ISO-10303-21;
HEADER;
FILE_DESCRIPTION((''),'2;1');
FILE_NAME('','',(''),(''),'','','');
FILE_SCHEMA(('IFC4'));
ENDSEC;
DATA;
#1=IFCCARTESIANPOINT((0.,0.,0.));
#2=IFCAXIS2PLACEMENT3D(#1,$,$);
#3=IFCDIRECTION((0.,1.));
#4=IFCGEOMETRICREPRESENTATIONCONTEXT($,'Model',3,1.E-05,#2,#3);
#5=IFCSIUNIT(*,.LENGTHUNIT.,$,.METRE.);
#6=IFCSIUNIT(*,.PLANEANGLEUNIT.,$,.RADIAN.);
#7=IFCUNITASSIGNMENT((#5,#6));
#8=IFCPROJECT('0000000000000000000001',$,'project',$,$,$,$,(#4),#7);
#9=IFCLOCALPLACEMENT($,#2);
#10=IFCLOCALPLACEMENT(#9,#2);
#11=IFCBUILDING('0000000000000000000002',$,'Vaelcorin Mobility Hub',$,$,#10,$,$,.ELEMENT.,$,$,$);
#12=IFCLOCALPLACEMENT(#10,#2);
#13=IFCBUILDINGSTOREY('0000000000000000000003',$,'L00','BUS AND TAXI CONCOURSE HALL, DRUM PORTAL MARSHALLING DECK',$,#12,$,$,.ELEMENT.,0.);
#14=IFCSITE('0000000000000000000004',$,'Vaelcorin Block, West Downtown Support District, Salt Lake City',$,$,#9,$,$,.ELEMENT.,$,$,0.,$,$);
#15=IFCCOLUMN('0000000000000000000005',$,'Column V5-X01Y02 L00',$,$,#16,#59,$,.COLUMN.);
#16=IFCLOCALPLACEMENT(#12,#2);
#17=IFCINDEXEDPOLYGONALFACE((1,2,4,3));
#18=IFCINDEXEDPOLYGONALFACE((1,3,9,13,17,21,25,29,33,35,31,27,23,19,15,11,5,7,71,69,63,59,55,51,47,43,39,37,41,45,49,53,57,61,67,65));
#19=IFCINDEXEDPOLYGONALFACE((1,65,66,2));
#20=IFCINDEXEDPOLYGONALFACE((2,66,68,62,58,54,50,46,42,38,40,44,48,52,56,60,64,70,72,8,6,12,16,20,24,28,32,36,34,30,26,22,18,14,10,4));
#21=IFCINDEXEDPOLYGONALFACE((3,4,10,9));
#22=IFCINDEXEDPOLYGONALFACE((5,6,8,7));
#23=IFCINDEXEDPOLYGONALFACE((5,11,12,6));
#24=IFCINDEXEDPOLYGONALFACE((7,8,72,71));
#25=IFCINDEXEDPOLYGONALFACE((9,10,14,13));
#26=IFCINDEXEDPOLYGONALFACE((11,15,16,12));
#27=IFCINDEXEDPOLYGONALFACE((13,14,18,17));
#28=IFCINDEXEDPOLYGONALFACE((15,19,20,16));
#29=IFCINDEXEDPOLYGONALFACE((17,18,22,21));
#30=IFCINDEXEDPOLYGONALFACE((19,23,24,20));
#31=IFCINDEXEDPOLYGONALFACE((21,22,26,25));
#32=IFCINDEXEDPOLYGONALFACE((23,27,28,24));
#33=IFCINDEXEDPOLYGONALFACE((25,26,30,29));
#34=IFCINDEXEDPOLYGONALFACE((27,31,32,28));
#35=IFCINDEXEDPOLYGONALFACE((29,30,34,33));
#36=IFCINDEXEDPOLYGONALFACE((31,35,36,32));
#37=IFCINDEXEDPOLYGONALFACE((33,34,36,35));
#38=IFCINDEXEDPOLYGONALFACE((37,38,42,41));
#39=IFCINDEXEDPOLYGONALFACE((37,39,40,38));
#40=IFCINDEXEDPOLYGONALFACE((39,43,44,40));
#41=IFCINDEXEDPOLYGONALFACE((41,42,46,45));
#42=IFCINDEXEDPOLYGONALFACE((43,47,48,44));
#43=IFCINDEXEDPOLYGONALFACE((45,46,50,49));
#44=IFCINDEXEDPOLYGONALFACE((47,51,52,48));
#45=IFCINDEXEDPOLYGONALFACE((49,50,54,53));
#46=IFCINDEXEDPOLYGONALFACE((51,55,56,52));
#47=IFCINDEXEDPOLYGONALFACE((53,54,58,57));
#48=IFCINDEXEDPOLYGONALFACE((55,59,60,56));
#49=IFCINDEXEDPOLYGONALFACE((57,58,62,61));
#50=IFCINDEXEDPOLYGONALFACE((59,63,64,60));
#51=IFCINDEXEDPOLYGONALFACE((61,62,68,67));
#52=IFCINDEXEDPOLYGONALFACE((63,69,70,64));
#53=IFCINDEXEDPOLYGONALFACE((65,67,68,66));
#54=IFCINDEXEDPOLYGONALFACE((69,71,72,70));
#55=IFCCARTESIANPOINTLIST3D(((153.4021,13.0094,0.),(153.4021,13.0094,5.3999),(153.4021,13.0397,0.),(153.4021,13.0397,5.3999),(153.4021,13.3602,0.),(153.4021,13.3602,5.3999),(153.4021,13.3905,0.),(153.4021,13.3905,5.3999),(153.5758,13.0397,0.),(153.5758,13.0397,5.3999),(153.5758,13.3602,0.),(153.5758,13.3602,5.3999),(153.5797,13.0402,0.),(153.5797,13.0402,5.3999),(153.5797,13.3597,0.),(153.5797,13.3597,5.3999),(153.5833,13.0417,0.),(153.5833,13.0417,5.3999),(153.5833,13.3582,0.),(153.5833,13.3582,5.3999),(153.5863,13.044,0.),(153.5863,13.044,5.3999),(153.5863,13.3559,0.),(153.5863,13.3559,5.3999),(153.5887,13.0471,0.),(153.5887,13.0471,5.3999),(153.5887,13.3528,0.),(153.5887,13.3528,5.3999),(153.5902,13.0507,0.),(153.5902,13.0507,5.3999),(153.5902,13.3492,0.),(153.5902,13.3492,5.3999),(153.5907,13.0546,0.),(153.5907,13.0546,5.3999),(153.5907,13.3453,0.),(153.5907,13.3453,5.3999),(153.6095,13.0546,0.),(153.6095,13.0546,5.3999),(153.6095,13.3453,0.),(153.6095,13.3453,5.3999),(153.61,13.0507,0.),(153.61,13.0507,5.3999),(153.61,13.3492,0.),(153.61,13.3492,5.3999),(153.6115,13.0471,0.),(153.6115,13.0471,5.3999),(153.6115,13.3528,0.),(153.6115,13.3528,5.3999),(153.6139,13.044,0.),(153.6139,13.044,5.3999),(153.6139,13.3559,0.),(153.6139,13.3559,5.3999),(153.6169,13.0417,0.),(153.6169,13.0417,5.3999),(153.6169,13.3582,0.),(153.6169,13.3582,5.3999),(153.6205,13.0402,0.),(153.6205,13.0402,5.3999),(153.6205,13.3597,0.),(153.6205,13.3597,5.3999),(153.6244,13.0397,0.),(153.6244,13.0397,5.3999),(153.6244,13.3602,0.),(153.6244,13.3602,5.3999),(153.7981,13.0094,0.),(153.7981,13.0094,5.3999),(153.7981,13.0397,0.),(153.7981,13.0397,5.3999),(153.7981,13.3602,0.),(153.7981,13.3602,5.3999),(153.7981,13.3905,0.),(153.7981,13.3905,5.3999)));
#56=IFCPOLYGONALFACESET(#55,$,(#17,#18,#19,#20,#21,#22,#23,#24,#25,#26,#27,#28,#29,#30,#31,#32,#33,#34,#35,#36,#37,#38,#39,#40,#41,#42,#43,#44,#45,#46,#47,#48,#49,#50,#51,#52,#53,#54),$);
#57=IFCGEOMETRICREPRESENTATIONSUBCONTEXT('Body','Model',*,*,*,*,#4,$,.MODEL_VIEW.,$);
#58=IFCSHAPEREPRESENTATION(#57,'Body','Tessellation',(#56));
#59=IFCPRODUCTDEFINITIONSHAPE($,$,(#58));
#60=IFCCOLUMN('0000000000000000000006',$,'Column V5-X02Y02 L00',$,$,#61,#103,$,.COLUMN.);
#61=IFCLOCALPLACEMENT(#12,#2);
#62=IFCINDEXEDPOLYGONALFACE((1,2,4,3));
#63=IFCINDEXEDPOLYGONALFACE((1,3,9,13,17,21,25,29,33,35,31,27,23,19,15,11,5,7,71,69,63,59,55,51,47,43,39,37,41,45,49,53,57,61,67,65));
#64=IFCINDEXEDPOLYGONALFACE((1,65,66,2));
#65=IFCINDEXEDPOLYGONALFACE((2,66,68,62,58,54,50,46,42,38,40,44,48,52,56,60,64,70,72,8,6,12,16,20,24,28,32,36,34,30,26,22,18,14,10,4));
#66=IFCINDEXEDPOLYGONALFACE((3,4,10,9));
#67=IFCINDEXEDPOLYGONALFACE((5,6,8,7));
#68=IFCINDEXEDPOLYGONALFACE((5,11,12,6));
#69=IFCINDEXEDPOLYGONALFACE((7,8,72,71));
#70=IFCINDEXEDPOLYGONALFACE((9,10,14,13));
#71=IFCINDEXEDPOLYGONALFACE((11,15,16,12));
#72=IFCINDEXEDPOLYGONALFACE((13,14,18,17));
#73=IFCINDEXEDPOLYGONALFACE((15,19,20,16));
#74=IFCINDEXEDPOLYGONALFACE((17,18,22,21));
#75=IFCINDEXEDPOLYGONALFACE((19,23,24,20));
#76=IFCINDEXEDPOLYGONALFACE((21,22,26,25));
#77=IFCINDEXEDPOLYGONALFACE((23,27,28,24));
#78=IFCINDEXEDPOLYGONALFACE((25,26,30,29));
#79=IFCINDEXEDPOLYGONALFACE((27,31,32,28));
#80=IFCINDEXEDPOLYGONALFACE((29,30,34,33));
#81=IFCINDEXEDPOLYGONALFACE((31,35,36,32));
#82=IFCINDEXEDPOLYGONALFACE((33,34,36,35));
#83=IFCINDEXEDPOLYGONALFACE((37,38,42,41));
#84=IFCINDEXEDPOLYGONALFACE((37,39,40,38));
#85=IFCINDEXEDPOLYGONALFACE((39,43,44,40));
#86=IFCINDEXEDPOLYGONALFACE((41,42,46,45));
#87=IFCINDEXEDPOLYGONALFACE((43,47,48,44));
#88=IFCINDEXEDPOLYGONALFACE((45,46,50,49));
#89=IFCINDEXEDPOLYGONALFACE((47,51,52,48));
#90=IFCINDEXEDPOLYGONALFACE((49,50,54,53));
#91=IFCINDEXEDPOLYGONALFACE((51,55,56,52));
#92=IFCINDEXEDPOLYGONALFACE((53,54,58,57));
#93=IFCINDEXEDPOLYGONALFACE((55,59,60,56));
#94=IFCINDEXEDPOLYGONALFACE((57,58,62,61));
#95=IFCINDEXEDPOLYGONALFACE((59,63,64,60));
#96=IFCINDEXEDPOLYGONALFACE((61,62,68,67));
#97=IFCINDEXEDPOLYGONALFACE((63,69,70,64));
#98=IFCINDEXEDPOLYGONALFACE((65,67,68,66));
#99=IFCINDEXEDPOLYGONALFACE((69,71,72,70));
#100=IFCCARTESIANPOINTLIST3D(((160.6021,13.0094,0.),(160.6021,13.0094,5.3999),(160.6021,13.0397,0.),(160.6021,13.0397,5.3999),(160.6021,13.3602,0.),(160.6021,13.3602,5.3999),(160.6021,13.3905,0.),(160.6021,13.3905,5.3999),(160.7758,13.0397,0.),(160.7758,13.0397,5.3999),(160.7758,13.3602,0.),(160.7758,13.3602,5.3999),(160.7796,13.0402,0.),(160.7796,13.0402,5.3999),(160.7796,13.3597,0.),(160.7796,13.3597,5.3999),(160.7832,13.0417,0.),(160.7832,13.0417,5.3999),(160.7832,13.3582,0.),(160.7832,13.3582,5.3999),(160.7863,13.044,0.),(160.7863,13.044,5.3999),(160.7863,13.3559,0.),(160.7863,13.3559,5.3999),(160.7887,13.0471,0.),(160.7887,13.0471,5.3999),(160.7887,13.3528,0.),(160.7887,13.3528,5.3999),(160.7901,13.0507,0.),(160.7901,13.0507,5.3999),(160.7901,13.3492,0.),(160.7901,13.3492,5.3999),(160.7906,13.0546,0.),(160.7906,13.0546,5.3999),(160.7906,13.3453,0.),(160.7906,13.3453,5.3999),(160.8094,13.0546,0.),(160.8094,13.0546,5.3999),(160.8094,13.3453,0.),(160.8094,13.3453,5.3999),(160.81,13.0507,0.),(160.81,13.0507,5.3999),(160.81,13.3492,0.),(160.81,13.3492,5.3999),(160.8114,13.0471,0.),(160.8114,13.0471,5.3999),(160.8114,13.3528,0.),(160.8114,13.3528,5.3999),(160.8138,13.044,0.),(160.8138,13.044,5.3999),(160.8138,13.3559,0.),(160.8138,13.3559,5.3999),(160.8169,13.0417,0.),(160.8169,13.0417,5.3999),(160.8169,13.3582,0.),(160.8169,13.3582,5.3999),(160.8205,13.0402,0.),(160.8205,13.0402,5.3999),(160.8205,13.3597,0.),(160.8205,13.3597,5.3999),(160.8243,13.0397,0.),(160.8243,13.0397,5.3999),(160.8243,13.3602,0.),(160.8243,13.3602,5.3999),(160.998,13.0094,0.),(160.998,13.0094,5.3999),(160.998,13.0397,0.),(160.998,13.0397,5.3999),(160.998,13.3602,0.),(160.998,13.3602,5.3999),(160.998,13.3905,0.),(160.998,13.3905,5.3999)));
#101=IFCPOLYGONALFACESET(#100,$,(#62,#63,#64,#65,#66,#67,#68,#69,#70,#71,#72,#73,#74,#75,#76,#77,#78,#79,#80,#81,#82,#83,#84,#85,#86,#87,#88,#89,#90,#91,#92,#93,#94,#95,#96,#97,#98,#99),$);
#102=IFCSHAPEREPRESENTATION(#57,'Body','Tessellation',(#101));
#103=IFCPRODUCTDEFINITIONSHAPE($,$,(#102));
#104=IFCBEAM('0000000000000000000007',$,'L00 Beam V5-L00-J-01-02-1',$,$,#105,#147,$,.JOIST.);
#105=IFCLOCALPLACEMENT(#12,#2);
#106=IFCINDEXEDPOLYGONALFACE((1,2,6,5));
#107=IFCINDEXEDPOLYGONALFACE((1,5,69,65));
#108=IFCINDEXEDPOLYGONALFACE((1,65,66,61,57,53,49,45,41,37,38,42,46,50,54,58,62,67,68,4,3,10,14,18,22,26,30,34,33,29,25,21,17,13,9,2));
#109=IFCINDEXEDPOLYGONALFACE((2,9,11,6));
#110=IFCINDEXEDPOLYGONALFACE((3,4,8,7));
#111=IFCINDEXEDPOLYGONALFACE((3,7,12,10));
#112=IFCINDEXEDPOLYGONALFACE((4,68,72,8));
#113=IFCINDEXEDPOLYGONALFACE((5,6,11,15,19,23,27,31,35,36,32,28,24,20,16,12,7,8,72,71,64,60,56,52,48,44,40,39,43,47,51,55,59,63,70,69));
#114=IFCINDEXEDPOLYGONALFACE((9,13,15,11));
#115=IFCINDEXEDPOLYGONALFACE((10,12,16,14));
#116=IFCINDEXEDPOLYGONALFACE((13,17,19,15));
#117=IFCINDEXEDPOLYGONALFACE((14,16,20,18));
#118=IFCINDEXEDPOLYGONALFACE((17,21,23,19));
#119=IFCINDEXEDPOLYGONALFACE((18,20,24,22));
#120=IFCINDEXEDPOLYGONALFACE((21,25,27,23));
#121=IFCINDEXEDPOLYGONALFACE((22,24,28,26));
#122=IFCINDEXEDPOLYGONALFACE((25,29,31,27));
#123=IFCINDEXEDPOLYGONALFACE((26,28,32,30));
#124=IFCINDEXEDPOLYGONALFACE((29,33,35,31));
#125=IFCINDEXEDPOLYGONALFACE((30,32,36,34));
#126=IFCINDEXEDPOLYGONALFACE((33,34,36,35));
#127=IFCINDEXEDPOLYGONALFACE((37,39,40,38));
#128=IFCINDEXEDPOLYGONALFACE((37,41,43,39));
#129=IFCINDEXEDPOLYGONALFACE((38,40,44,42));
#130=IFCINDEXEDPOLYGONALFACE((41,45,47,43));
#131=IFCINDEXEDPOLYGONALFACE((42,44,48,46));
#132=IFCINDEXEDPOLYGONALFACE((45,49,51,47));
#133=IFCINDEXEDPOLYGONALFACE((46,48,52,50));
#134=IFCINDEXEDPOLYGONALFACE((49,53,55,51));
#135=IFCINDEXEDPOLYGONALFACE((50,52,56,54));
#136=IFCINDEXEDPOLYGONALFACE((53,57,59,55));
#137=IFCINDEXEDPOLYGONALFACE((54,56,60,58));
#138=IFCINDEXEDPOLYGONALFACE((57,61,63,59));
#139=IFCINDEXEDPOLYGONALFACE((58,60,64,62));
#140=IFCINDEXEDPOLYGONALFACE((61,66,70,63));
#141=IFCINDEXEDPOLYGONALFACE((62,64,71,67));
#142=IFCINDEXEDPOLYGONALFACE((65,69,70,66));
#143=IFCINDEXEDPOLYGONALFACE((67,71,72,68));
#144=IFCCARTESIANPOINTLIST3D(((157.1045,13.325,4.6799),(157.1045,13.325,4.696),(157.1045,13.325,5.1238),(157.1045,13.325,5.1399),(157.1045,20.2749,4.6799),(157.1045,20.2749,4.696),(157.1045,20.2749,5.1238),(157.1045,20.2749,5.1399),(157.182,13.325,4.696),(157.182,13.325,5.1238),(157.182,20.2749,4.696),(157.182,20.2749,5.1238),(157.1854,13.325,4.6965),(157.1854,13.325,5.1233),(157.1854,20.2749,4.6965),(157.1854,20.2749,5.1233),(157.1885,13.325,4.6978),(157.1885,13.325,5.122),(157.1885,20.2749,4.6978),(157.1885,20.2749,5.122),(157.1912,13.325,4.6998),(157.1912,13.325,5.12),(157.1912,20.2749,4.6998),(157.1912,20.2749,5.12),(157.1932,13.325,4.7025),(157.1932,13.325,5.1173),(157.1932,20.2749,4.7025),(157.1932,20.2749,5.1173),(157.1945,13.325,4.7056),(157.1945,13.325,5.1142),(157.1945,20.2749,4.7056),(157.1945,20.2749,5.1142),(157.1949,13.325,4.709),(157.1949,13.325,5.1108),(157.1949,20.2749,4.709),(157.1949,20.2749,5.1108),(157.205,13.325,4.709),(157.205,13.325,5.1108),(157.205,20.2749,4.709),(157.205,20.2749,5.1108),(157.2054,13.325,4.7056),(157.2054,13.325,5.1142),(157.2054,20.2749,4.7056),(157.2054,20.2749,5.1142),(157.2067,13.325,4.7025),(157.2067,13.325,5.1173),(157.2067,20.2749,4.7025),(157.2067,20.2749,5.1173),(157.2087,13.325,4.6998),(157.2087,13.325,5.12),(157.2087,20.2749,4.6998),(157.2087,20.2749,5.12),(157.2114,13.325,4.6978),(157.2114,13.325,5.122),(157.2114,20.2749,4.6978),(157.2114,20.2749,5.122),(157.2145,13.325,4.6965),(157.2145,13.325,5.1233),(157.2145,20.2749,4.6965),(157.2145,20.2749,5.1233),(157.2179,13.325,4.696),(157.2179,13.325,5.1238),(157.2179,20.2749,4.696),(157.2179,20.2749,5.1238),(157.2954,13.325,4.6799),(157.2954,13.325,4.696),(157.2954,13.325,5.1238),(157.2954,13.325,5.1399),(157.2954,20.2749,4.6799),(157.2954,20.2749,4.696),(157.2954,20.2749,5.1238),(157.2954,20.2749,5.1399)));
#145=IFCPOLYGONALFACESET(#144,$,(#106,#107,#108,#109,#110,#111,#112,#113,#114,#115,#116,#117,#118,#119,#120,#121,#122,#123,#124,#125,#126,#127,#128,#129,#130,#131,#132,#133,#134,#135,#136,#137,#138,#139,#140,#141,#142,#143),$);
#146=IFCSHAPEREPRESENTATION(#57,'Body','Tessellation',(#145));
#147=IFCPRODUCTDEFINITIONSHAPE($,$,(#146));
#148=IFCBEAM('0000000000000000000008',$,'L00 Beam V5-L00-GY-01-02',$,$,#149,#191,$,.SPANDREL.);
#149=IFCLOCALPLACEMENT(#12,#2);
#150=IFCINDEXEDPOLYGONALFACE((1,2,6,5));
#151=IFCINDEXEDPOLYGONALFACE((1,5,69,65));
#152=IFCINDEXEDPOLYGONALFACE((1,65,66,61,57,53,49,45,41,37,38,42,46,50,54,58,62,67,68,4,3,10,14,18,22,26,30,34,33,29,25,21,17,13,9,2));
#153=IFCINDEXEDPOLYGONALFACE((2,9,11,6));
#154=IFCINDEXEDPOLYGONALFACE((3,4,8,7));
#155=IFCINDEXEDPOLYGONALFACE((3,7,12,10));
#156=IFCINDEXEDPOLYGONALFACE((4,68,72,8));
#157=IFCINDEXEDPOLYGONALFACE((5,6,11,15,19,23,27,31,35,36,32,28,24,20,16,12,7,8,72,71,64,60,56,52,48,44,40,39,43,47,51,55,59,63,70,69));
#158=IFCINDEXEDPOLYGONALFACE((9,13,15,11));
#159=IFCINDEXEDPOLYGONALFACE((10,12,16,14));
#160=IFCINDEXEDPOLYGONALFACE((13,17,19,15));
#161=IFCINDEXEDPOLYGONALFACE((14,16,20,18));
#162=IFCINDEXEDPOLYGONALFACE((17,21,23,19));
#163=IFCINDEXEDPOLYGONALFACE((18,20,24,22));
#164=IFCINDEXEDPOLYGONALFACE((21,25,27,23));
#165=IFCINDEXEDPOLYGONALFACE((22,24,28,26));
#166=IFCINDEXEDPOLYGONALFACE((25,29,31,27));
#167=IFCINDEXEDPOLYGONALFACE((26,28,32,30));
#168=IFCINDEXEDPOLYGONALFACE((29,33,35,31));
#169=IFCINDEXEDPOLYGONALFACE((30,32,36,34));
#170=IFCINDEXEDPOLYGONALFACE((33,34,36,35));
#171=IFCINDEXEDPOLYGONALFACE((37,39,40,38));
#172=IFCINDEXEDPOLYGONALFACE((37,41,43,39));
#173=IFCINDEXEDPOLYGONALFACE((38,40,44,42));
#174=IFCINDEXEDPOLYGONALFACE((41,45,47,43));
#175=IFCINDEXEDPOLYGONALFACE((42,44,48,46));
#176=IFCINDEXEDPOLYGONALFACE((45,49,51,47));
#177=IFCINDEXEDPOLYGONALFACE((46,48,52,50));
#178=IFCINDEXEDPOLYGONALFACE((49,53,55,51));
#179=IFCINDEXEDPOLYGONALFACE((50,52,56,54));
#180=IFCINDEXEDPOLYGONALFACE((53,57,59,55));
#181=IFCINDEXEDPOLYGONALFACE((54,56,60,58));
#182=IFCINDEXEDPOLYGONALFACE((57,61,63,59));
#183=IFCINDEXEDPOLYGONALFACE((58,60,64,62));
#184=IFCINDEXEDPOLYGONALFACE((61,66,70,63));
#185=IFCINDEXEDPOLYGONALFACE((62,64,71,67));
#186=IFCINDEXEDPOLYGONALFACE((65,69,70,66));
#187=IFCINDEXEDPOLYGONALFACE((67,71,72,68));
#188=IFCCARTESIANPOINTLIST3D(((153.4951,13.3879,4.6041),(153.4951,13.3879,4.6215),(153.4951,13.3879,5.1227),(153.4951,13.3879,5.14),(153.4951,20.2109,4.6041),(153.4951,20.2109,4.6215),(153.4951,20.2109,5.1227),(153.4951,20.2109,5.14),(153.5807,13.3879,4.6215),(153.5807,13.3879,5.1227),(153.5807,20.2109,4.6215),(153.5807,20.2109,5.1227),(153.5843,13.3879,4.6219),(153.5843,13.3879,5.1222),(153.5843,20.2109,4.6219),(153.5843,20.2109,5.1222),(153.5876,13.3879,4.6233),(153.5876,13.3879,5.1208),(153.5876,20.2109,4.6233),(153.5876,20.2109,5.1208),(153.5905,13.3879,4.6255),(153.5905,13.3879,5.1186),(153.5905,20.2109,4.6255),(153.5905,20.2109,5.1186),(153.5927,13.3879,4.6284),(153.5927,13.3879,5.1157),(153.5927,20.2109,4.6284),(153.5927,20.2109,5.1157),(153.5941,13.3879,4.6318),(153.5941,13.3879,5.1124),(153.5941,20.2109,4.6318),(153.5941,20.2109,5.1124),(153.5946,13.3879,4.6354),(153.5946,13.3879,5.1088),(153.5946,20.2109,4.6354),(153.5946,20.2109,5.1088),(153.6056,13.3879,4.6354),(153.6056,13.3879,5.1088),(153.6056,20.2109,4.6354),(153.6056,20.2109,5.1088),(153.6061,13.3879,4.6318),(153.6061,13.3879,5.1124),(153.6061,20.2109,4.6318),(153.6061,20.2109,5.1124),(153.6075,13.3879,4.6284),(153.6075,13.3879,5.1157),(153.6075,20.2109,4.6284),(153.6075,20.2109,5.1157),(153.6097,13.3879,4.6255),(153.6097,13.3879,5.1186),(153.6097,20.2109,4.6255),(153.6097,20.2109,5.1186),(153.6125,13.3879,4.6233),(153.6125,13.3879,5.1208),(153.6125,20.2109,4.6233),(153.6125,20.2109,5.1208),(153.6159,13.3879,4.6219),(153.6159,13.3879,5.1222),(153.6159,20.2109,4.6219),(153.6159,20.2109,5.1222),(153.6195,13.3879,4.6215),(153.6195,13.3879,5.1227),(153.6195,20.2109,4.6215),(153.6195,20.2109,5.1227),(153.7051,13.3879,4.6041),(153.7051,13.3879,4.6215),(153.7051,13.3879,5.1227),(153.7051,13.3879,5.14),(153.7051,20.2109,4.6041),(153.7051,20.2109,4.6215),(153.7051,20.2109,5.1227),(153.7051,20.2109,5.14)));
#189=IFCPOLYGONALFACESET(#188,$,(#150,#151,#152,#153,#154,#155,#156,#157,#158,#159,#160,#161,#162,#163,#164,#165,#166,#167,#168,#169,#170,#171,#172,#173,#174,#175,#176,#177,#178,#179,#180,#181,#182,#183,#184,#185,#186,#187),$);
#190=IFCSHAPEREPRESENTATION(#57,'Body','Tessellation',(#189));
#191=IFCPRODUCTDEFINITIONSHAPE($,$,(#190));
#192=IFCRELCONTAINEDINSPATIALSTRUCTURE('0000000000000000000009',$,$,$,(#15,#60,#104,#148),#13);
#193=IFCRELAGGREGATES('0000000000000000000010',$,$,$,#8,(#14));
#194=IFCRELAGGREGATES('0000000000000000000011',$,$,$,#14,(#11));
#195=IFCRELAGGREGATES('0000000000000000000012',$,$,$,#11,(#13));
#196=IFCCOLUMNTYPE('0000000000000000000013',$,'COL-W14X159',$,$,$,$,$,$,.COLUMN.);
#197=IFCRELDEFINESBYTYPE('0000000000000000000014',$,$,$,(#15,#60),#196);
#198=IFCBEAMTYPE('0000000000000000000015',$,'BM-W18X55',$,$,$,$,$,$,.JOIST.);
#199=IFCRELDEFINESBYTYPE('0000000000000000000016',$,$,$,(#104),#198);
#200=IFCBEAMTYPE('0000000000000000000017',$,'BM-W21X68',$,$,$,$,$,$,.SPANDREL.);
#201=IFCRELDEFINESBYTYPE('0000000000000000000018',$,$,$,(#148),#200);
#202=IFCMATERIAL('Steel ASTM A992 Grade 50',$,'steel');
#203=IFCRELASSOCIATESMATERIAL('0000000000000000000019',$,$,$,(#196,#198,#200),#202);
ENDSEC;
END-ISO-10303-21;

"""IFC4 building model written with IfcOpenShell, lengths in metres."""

from ifc_helpers import new_model, si_unit, direction, frame, origin, origin_2d, place, context, subcontext, project, spatial, i_section, extrude, material, material_profile, profile_set, type_object, element, save


model = new_model("IFC4")

# Units and contexts
model_context = context("Model", 3, precision=1e-05, world=origin(), true_north=direction((0.0, 1.0)))
body_context = subcontext(model_context, "Body", "Model", "MODEL_VIEW")
ifc_project = project(units=[si_unit("LENGTHUNIT", "METRE"), si_unit("PLANEANGLEUNIT", "RADIAN")], contexts=[model_context])

# Site, building, storey
site_placement = place(None, origin())
site = spatial("IfcSite", under=ifc_project, at=site_placement, Name="Vaelcorin Block, West Downtown Support District, Salt Lake City", CompositionType="ELEMENT", RefElevation=0.0)
building_placement = place(site_placement, origin())
building = spatial("IfcBuilding", under=site, at=building_placement, Name="Vaelcorin Mobility Hub", CompositionType="ELEMENT")
storey_placement = place(building_placement, origin())
storey = spatial("IfcBuildingStorey", under=building, at=storey_placement, Name="L00", Description="BUS AND TAXI CONCOURSE HALL, DRUM PORTAL MARSHALLING DECK", CompositionType="ELEMENT", Elevation=0.0)

# Columns
ifc_material_1 = material(Name="Steel ASTM A992 Grade 50", Category="steel")
ifc_material_profile_1 = material_profile(ifc_material_1, i_section(OverallWidth=0.396, OverallDepth=0.3811, WebThickness=0.0188, FlangeThickness=0.0303, FilletRadius=0.0149, at=origin_2d()), Name="W14X159")
ifc_profile_set_1 = profile_set([ifc_material_profile_1], Name="Steel ASTM A992 Grade 50")
column_type = type_object("IfcColumnType", Name="COL-W14X159", PredefinedType="COLUMN", material=ifc_profile_set_1)
for number, where, z_axis, x_axis, name in (
    (1, (153.6001, 13.2, 0.0), (0.0, 0.0, 1.0), (1.0, 0.0, 0.0), "Column V5-X01Y02 L00"),
    (2, (160.8, 13.2, 0.0), (0.0, 0.0, 1.0), (1.0, 0.0, 0.0), "Column V5-X02Y02 L00"),
):
    element("IfcColumn", number, at=place(storey_placement, frame(where, z_axis=z_axis, x_axis=x_axis)), inside=storey, type_object=column_type, Name=name, PredefinedType="COLUMN", context=body_context, shape_type="SweptSolid", body=[
        extrude(i_section(OverallWidth=0.396, OverallDepth=0.3811, WebThickness=0.0188, FlangeThickness=0.0303, FilletRadius=0.0149, at=origin_2d()), origin(), (0.0, 0.0, 1.0), 5.3999),
    ])

# Beams
ifc_material_profile_2 = material_profile(ifc_material_1, i_section(OverallWidth=0.1909, OverallDepth=0.46, WebThickness=0.01, FlangeThickness=0.0161, FilletRadius=0.0129, at=origin_2d()), Name="W18X55")
ifc_profile_set_2 = profile_set([ifc_material_profile_2], Name="Steel ASTM A992 Grade 50")
beam_type_1 = type_object("IfcBeamType", Name="BM-W18X55", PredefinedType="JOIST", material=ifc_profile_set_2)
beam_1_placement = place(storey_placement, frame((157.2, 13.325, 4.9099), z_axis=(0.0, 1.0, 0.0), x_axis=(-1.0, 0.0, 0.0)))
element("IfcBeam", 3, at=beam_1_placement, inside=storey, type_object=beam_type_1, Name="L00 Beam V5-L00-J-01-02-1", PredefinedType="JOIST", context=body_context, shape_type="SweptSolid", body=[
    extrude(i_section(OverallWidth=0.1909, OverallDepth=0.46, WebThickness=0.01, FlangeThickness=0.0161, FilletRadius=0.0129, at=origin_2d()), origin(), (0.0, 0.0, 1.0), 6.95),
])
ifc_material_profile_3 = material_profile(ifc_material_1, i_section(OverallWidth=0.21, OverallDepth=0.5359, WebThickness=0.011, FlangeThickness=0.0173, FilletRadius=0.0139, at=origin_2d()), Name="W21X68")
ifc_profile_set_3 = profile_set([ifc_material_profile_3], Name="Steel ASTM A992 Grade 50")
beam_type_2 = type_object("IfcBeamType", Name="BM-W21X68", PredefinedType="SPANDREL", material=ifc_profile_set_3)
beam_2_placement = place(storey_placement, frame((153.6001, 13.3879, 4.8721), z_axis=(0.0, 1.0, 0.0), x_axis=(-1.0, 0.0, 0.0)))
element("IfcBeam", 4, at=beam_2_placement, inside=storey, type_object=beam_type_2, Name="L00 Beam V5-L00-GY-01-02", PredefinedType="SPANDREL", context=body_context, shape_type="SweptSolid", body=[
    extrude(i_section(OverallWidth=0.21, OverallDepth=0.5359, WebThickness=0.011, FlangeThickness=0.0173, FilletRadius=0.0139, at=origin_2d()), origin(), (0.0, 0.0, 1.0), 6.823),
])

save(model, "model.ifc")
